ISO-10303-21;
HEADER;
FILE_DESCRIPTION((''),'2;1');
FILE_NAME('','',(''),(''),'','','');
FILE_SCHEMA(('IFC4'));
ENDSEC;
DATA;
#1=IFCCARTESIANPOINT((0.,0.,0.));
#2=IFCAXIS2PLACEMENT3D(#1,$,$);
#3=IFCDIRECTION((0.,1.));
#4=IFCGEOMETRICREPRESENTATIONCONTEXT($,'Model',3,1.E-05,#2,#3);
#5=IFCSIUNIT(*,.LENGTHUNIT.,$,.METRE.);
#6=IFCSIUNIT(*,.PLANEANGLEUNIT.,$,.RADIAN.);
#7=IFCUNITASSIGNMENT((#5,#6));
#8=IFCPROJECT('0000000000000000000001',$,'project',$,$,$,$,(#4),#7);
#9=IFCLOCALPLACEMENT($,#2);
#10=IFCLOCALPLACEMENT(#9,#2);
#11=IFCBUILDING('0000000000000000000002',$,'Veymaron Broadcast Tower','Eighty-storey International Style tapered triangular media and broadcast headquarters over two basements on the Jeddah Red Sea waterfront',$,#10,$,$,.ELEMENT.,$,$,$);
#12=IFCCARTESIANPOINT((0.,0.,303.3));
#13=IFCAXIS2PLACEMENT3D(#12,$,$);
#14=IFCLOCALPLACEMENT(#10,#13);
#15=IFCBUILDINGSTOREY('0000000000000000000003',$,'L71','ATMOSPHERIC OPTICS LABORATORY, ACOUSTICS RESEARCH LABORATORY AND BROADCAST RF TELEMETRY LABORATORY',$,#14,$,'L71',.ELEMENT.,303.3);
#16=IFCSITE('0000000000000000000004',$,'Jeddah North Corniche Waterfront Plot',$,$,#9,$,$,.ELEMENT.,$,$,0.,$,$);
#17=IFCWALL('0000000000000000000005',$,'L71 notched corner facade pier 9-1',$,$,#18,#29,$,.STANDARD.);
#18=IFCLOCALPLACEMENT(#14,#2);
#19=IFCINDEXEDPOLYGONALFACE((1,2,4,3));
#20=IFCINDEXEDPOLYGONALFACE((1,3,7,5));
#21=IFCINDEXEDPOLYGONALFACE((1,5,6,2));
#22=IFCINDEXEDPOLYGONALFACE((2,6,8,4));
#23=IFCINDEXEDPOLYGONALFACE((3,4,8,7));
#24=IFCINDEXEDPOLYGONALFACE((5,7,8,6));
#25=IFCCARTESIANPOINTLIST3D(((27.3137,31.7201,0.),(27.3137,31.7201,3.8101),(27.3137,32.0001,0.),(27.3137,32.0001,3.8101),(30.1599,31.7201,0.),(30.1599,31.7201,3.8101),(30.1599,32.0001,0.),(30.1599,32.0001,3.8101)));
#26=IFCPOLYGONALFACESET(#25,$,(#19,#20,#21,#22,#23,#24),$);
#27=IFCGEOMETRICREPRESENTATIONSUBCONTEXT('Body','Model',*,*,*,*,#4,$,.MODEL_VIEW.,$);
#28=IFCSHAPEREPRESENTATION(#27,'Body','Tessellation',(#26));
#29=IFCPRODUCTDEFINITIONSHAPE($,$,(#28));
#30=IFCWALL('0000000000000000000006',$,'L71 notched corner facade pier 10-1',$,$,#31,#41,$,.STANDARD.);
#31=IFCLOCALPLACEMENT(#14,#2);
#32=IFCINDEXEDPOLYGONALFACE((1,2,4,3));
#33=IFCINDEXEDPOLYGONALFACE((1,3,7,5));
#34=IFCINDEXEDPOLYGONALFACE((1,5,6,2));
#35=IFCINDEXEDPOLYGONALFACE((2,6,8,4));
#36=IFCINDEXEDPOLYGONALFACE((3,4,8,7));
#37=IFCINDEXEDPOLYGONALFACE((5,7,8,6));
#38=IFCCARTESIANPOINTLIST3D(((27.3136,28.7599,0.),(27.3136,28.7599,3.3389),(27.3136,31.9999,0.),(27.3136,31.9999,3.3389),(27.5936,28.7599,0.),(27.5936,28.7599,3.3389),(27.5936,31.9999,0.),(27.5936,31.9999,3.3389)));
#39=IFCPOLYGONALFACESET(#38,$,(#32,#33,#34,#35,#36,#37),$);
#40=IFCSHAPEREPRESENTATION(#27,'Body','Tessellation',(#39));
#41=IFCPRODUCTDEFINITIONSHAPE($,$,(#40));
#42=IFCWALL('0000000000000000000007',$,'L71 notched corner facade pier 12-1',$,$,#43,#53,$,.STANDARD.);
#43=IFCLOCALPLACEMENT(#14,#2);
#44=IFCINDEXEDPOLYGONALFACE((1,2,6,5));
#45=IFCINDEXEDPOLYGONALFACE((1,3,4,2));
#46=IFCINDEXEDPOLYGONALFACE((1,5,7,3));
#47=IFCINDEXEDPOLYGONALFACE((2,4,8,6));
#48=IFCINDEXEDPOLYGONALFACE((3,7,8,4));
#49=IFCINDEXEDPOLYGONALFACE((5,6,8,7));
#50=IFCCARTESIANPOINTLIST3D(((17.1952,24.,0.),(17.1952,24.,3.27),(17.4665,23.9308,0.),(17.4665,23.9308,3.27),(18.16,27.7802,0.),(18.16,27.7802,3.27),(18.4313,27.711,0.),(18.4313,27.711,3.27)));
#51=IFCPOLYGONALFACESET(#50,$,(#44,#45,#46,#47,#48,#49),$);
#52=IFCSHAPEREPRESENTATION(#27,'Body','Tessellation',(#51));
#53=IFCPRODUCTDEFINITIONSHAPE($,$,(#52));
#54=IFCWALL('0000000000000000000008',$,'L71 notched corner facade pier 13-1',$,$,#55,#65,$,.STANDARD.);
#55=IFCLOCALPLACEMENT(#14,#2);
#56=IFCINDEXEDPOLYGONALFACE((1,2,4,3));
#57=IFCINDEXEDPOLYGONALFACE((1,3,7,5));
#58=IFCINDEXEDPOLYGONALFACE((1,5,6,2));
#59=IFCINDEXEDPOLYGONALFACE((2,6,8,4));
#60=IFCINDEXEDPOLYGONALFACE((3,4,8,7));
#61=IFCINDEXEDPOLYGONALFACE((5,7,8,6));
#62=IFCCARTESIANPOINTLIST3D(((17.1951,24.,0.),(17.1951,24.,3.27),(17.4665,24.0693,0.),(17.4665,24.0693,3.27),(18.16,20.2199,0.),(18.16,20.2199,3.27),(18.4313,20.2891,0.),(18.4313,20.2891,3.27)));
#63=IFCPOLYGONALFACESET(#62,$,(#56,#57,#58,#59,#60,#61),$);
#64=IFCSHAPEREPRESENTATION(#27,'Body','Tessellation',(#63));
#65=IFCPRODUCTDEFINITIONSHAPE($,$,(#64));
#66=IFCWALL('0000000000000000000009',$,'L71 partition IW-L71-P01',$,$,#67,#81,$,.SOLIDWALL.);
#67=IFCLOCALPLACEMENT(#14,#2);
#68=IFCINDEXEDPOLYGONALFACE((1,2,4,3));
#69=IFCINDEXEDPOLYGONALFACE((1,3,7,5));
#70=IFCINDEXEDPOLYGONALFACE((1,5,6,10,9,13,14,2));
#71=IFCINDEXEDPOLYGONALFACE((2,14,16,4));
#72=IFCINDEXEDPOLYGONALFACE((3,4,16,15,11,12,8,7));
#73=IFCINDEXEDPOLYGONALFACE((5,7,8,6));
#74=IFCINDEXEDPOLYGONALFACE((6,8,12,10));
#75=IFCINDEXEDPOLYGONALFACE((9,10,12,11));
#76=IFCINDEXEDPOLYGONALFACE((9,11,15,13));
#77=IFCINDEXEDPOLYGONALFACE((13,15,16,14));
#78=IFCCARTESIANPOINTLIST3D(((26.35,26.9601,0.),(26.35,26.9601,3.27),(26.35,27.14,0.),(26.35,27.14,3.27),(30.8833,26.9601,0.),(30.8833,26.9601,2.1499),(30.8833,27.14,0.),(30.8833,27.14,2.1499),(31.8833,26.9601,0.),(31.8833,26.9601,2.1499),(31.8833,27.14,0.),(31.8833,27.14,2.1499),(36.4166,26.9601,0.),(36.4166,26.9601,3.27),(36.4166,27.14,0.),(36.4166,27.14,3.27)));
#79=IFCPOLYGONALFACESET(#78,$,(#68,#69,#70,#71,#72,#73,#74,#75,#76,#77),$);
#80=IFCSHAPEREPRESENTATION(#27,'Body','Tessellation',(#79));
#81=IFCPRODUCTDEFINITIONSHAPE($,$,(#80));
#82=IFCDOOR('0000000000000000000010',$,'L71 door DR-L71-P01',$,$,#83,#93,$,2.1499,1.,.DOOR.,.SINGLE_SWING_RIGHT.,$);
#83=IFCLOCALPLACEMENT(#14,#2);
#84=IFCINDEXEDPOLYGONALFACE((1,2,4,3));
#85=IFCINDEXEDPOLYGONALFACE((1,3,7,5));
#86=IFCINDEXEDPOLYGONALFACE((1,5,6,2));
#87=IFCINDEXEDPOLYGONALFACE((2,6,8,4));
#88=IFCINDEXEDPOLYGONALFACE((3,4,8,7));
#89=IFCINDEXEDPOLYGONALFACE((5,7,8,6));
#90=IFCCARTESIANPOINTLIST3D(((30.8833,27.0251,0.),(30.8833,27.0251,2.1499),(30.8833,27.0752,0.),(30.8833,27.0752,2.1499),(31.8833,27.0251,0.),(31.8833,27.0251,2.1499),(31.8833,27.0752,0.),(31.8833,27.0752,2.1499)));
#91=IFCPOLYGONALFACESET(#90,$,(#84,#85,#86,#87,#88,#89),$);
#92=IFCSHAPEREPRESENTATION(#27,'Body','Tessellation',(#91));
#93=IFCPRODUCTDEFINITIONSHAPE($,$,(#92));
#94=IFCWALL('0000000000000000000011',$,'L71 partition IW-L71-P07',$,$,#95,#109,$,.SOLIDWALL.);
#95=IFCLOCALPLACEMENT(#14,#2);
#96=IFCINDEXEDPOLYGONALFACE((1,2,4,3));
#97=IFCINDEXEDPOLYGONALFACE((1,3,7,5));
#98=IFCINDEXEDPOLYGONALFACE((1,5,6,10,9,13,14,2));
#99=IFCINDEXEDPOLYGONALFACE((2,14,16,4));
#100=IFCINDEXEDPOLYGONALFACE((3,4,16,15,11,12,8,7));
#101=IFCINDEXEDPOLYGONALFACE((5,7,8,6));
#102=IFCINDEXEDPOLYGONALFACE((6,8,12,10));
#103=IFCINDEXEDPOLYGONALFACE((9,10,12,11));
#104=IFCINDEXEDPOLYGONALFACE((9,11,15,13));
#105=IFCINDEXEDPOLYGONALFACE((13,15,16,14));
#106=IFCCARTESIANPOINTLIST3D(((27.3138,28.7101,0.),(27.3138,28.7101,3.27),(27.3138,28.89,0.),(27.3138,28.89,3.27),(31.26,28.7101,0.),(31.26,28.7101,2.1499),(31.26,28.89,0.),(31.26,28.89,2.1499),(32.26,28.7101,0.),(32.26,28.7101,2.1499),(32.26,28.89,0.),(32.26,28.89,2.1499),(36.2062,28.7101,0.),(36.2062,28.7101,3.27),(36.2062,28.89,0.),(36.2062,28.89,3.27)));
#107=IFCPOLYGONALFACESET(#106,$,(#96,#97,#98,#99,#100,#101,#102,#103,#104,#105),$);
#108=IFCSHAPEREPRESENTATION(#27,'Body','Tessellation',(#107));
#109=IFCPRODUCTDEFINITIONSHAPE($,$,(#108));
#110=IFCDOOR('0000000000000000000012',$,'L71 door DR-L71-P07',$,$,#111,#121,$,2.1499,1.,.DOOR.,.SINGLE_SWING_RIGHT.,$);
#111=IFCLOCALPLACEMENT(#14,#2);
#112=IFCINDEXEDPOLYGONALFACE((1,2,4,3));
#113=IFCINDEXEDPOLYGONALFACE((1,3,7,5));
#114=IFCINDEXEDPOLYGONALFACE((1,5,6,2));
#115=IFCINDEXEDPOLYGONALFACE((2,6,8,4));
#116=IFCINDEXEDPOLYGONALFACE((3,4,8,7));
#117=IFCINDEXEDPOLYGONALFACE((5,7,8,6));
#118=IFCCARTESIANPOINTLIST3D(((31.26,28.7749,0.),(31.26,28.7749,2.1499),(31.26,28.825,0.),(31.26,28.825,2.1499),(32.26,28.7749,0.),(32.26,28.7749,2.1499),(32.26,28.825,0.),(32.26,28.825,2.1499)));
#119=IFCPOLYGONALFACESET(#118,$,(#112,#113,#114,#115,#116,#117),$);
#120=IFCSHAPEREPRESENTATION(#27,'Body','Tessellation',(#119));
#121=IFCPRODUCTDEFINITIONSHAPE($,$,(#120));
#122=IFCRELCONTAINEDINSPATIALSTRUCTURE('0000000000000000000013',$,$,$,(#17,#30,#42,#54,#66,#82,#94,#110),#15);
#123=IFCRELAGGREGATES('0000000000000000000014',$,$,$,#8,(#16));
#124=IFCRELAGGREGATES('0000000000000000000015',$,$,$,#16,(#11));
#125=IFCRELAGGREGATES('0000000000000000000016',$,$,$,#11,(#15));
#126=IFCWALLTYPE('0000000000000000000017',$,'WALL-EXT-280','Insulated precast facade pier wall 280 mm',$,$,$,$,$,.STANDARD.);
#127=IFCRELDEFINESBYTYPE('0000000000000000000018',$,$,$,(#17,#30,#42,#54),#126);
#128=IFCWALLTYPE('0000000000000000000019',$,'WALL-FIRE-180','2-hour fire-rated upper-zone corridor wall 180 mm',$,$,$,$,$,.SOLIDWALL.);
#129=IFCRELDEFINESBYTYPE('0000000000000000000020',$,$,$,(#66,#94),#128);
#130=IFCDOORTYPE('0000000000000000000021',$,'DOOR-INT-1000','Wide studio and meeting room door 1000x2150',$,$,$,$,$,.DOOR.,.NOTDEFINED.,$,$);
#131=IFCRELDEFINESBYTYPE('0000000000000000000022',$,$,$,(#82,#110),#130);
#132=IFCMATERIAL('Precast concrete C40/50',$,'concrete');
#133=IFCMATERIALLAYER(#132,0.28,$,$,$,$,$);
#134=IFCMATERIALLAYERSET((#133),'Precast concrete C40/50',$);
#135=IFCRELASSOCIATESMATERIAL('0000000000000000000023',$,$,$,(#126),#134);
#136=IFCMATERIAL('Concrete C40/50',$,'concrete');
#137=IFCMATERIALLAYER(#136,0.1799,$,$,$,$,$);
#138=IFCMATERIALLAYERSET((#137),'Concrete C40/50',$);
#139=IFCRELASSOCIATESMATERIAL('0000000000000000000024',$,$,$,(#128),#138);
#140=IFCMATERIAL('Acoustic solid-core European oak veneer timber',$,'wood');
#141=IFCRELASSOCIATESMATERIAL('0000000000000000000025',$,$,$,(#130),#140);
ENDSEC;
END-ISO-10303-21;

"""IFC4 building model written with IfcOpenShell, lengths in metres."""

from ifc_helpers import new_model, si_unit, direction, frame, frame_2d, origin, place, context, subcontext, project, spatial, rectangle, extrude, material, layer, layer_set, type_object, element, fill, save


model = new_model("IFC4")

# Units and contexts
model_context = context("Model", 3, precision=1e-05, world=origin(), true_north=direction((0.0, 1.0)))
body_context = subcontext(model_context, "Body", "Model", "MODEL_VIEW")
ifc_project = project(units=[si_unit("LENGTHUNIT", "METRE"), si_unit("PLANEANGLEUNIT", "RADIAN")], contexts=[model_context])

# Site, building, storey
site_placement = place(None, origin())
site = spatial("IfcSite", under=ifc_project, at=site_placement, Name="Jeddah North Corniche Waterfront Plot", CompositionType="ELEMENT", RefElevation=0.0)
building_placement = place(site_placement, origin())
building = spatial("IfcBuilding", under=site, at=building_placement, Name="Veymaron Broadcast Tower", Description="Eighty-storey International Style tapered triangular media and broadcast headquarters over two basements on the Jeddah Red Sea waterfront", CompositionType="ELEMENT")
storey_placement = place(building_placement, frame((0.0, 0.0, 303.3)))
storey = spatial("IfcBuildingStorey", under=building, at=storey_placement, Name="L71", Description="ATMOSPHERIC OPTICS LABORATORY, ACOUSTICS RESEARCH LABORATORY AND BROADCAST RF TELEMETRY LABORATORY", LongName="L71", CompositionType="ELEMENT", Elevation=303.3)

# Walls
ifc_material_1 = material(Name="Precast concrete C40/50", Category="concrete")
ifc_layer_1 = layer(ifc_material_1, 0.28)
ifc_layer_set_1 = layer_set([ifc_layer_1], Name="Precast concrete C40/50")
wall_type_1 = type_object("IfcWallType", Name="WALL-EXT-280", Description="Insulated precast facade pier wall 280 mm", PredefinedType="STANDARD", material=ifc_layer_set_1)
wall_1_placement = place(storey_placement, frame((30.1599, 31.8601, 0.0), z_axis=(0.0, 0.0, 1.0), x_axis=(-1.0, 0.0, 0.0)))
element("IfcWall", 1, at=wall_1_placement, inside=storey, type_object=wall_type_1, Name="L71 notched corner facade pier 9-1", PredefinedType="STANDARD", context=body_context, shape_type="SweptSolid", body=[
    extrude(rectangle(XDim=2.8462, YDim=0.28, at=frame_2d((1.4231, 0.0))), origin(), (0.0, 0.0, 1.0), 3.8101),
])
wall_2_placement = place(storey_placement, frame((27.4536, 32.0, 0.0), z_axis=(0.0, 0.0, 1.0), x_axis=(0.0, -1.0, 0.0)))
element("IfcWall", 2, at=wall_2_placement, inside=storey, type_object=wall_type_1, Name="L71 notched corner facade pier 10-1", PredefinedType="STANDARD", context=body_context, shape_type="SweptSolid", body=[
    extrude(rectangle(XDim=3.24, YDim=0.28, at=frame_2d((1.6201, 0.0))), origin(), (0.0, 0.0, 1.0), 3.3389),
])
for number, where, z_axis, x_axis, name in (
    (3, (18.2957, 27.7456, 0.0), (0.0, 0.0, 1.0), (-0.247303, -0.968938, 0.0), "L71 notched corner facade pier 12-1"),
    (4, (17.3308, 24.0347, 0.0), (0.0, 0.0, 1.0), (0.247303, -0.968938, 0.0), "L71 notched corner facade pier 13-1"),
):
    element("IfcWall", number, at=place(storey_placement, frame(where, z_axis=z_axis, x_axis=x_axis)), inside=storey, type_object=wall_type_1, Name=name, PredefinedType="STANDARD", context=body_context, shape_type="SweptSolid", body=[
        extrude(rectangle(XDim=3.9014, YDim=0.28, at=frame_2d((1.9507, 0.0))), origin(), (0.0, 0.0, 1.0), 3.27),
    ])

# Walls, openings, doors
ifc_material_2 = material(Name="Concrete C40/50", Category="concrete")
ifc_layer_2 = layer(ifc_material_2, 0.1799)
ifc_layer_set_2 = layer_set([ifc_layer_2], Name="Concrete C40/50")
wall_type_2 = type_object("IfcWallType", Name="WALL-FIRE-180", Description="2-hour fire-rated upper-zone corridor wall 180 mm", PredefinedType="SOLIDWALL", material=ifc_layer_set_2)
wall_3_placement = place(storey_placement, frame((26.3501, 27.05, 0.0), z_axis=(0.0, 0.0, 1.0), x_axis=(1.0, 0.0, 0.0)))
wall_3 = element("IfcWall", 5, at=wall_3_placement, inside=storey, type_object=wall_type_2, Name="L71 partition IW-L71-P01", PredefinedType="SOLIDWALL", context=body_context, shape_type="SweptSolid", body=[
    extrude(rectangle(XDim=10.0667, YDim=0.1799, at=frame_2d((5.0332, 0.0))), origin(), (0.0, 0.0, 1.0), 3.27),
])
opening_1_placement = place(wall_3_placement, frame((4.5332, 0.0, 0.0)))
opening_1 = element("IfcOpeningElement", 6, at=opening_1_placement, cuts=wall_3, PredefinedType="OPENING", context=body_context, shape_type="SweptSolid", body=[
    extrude(rectangle(XDim=1.0, YDim=2.1499, at=frame_2d((0.5, 1.075))), frame((0.0, 0.1001, 0.0), z_axis=(0.0, -1.0, 0.0), x_axis=(1.0, 0.0, 0.0)), (0.0, 0.0, 1.0), 0.2),
])
ifc_material_3 = material(Name="Acoustic solid-core European oak veneer timber", Category="wood")
door_type = type_object("IfcDoorType", Name="DOOR-INT-1000", Description="Wide studio and meeting room door 1000x2150", OperationType="NOTDEFINED", PredefinedType="DOOR", material=ifc_material_3)
door_1_placement = place(opening_1_placement, frame((1.0, 0.0, 0.0), z_axis=(0.0, 0.0, 1.0), x_axis=(-1.0, 0.0, 0.0)))
door_1 = element("IfcDoor", 7, at=door_1_placement, inside=storey, type_object=door_type, Name="L71 door DR-L71-P01", OperationType="SINGLE_SWING_RIGHT", OverallHeight=2.1499, OverallWidth=1.0, PredefinedType="DOOR", context=body_context, shape_type="SweptSolid", body=[
    extrude(rectangle(XDim=1.0, YDim=2.1499, at=frame_2d((0.5, 1.075))), frame((0.0, 0.0249, 0.0), z_axis=(0.0, -1.0, 0.0), x_axis=(1.0, 0.0, 0.0)), (0.0, 0.0, 1.0), 0.05),
])
fill(opening_1, door_1)
wall_4_placement = place(storey_placement, frame((27.3137, 28.8, 0.0), z_axis=(0.0, 0.0, 1.0), x_axis=(1.0, 0.0, 0.0)))
wall_4 = element("IfcWall", 8, at=wall_4_placement, inside=storey, type_object=wall_type_2, Name="L71 partition IW-L71-P07", PredefinedType="SOLIDWALL", context=body_context, shape_type="SweptSolid", body=[
    extrude(rectangle(XDim=8.8923, YDim=0.1799, at=frame_2d((4.4463, 0.0))), origin(), (0.0, 0.0, 1.0), 3.27),
])
opening_2_placement = place(wall_4_placement, frame((3.9463, 0.0, 0.0)))
opening_2 = element("IfcOpeningElement", 9, at=opening_2_placement, cuts=wall_4, PredefinedType="OPENING", context=body_context, shape_type="SweptSolid", body=[
    extrude(rectangle(XDim=1.0, YDim=2.1499, at=frame_2d((0.5, 1.075))), frame((0.0, 0.1001, 0.0), z_axis=(0.0, -1.0, 0.0), x_axis=(1.0, 0.0, 0.0)), (0.0, 0.0, 1.0), 0.2),
])
door_2_placement = place(opening_2_placement, origin())
door_2 = element("IfcDoor", 10, at=door_2_placement, inside=storey, type_object=door_type, Name="L71 door DR-L71-P07", OperationType="SINGLE_SWING_RIGHT", OverallHeight=2.1499, OverallWidth=1.0, PredefinedType="DOOR", context=body_context, shape_type="SweptSolid", body=[
    extrude(rectangle(XDim=1.0, YDim=2.1499, at=frame_2d((0.5, 1.075))), frame((0.0, 0.0249, 0.0), z_axis=(0.0, -1.0, 0.0), x_axis=(1.0, 0.0, 0.0)), (0.0, 0.0, 1.0), 0.05),
])
fill(opening_2, door_2)

save(model, "model.ifc")
